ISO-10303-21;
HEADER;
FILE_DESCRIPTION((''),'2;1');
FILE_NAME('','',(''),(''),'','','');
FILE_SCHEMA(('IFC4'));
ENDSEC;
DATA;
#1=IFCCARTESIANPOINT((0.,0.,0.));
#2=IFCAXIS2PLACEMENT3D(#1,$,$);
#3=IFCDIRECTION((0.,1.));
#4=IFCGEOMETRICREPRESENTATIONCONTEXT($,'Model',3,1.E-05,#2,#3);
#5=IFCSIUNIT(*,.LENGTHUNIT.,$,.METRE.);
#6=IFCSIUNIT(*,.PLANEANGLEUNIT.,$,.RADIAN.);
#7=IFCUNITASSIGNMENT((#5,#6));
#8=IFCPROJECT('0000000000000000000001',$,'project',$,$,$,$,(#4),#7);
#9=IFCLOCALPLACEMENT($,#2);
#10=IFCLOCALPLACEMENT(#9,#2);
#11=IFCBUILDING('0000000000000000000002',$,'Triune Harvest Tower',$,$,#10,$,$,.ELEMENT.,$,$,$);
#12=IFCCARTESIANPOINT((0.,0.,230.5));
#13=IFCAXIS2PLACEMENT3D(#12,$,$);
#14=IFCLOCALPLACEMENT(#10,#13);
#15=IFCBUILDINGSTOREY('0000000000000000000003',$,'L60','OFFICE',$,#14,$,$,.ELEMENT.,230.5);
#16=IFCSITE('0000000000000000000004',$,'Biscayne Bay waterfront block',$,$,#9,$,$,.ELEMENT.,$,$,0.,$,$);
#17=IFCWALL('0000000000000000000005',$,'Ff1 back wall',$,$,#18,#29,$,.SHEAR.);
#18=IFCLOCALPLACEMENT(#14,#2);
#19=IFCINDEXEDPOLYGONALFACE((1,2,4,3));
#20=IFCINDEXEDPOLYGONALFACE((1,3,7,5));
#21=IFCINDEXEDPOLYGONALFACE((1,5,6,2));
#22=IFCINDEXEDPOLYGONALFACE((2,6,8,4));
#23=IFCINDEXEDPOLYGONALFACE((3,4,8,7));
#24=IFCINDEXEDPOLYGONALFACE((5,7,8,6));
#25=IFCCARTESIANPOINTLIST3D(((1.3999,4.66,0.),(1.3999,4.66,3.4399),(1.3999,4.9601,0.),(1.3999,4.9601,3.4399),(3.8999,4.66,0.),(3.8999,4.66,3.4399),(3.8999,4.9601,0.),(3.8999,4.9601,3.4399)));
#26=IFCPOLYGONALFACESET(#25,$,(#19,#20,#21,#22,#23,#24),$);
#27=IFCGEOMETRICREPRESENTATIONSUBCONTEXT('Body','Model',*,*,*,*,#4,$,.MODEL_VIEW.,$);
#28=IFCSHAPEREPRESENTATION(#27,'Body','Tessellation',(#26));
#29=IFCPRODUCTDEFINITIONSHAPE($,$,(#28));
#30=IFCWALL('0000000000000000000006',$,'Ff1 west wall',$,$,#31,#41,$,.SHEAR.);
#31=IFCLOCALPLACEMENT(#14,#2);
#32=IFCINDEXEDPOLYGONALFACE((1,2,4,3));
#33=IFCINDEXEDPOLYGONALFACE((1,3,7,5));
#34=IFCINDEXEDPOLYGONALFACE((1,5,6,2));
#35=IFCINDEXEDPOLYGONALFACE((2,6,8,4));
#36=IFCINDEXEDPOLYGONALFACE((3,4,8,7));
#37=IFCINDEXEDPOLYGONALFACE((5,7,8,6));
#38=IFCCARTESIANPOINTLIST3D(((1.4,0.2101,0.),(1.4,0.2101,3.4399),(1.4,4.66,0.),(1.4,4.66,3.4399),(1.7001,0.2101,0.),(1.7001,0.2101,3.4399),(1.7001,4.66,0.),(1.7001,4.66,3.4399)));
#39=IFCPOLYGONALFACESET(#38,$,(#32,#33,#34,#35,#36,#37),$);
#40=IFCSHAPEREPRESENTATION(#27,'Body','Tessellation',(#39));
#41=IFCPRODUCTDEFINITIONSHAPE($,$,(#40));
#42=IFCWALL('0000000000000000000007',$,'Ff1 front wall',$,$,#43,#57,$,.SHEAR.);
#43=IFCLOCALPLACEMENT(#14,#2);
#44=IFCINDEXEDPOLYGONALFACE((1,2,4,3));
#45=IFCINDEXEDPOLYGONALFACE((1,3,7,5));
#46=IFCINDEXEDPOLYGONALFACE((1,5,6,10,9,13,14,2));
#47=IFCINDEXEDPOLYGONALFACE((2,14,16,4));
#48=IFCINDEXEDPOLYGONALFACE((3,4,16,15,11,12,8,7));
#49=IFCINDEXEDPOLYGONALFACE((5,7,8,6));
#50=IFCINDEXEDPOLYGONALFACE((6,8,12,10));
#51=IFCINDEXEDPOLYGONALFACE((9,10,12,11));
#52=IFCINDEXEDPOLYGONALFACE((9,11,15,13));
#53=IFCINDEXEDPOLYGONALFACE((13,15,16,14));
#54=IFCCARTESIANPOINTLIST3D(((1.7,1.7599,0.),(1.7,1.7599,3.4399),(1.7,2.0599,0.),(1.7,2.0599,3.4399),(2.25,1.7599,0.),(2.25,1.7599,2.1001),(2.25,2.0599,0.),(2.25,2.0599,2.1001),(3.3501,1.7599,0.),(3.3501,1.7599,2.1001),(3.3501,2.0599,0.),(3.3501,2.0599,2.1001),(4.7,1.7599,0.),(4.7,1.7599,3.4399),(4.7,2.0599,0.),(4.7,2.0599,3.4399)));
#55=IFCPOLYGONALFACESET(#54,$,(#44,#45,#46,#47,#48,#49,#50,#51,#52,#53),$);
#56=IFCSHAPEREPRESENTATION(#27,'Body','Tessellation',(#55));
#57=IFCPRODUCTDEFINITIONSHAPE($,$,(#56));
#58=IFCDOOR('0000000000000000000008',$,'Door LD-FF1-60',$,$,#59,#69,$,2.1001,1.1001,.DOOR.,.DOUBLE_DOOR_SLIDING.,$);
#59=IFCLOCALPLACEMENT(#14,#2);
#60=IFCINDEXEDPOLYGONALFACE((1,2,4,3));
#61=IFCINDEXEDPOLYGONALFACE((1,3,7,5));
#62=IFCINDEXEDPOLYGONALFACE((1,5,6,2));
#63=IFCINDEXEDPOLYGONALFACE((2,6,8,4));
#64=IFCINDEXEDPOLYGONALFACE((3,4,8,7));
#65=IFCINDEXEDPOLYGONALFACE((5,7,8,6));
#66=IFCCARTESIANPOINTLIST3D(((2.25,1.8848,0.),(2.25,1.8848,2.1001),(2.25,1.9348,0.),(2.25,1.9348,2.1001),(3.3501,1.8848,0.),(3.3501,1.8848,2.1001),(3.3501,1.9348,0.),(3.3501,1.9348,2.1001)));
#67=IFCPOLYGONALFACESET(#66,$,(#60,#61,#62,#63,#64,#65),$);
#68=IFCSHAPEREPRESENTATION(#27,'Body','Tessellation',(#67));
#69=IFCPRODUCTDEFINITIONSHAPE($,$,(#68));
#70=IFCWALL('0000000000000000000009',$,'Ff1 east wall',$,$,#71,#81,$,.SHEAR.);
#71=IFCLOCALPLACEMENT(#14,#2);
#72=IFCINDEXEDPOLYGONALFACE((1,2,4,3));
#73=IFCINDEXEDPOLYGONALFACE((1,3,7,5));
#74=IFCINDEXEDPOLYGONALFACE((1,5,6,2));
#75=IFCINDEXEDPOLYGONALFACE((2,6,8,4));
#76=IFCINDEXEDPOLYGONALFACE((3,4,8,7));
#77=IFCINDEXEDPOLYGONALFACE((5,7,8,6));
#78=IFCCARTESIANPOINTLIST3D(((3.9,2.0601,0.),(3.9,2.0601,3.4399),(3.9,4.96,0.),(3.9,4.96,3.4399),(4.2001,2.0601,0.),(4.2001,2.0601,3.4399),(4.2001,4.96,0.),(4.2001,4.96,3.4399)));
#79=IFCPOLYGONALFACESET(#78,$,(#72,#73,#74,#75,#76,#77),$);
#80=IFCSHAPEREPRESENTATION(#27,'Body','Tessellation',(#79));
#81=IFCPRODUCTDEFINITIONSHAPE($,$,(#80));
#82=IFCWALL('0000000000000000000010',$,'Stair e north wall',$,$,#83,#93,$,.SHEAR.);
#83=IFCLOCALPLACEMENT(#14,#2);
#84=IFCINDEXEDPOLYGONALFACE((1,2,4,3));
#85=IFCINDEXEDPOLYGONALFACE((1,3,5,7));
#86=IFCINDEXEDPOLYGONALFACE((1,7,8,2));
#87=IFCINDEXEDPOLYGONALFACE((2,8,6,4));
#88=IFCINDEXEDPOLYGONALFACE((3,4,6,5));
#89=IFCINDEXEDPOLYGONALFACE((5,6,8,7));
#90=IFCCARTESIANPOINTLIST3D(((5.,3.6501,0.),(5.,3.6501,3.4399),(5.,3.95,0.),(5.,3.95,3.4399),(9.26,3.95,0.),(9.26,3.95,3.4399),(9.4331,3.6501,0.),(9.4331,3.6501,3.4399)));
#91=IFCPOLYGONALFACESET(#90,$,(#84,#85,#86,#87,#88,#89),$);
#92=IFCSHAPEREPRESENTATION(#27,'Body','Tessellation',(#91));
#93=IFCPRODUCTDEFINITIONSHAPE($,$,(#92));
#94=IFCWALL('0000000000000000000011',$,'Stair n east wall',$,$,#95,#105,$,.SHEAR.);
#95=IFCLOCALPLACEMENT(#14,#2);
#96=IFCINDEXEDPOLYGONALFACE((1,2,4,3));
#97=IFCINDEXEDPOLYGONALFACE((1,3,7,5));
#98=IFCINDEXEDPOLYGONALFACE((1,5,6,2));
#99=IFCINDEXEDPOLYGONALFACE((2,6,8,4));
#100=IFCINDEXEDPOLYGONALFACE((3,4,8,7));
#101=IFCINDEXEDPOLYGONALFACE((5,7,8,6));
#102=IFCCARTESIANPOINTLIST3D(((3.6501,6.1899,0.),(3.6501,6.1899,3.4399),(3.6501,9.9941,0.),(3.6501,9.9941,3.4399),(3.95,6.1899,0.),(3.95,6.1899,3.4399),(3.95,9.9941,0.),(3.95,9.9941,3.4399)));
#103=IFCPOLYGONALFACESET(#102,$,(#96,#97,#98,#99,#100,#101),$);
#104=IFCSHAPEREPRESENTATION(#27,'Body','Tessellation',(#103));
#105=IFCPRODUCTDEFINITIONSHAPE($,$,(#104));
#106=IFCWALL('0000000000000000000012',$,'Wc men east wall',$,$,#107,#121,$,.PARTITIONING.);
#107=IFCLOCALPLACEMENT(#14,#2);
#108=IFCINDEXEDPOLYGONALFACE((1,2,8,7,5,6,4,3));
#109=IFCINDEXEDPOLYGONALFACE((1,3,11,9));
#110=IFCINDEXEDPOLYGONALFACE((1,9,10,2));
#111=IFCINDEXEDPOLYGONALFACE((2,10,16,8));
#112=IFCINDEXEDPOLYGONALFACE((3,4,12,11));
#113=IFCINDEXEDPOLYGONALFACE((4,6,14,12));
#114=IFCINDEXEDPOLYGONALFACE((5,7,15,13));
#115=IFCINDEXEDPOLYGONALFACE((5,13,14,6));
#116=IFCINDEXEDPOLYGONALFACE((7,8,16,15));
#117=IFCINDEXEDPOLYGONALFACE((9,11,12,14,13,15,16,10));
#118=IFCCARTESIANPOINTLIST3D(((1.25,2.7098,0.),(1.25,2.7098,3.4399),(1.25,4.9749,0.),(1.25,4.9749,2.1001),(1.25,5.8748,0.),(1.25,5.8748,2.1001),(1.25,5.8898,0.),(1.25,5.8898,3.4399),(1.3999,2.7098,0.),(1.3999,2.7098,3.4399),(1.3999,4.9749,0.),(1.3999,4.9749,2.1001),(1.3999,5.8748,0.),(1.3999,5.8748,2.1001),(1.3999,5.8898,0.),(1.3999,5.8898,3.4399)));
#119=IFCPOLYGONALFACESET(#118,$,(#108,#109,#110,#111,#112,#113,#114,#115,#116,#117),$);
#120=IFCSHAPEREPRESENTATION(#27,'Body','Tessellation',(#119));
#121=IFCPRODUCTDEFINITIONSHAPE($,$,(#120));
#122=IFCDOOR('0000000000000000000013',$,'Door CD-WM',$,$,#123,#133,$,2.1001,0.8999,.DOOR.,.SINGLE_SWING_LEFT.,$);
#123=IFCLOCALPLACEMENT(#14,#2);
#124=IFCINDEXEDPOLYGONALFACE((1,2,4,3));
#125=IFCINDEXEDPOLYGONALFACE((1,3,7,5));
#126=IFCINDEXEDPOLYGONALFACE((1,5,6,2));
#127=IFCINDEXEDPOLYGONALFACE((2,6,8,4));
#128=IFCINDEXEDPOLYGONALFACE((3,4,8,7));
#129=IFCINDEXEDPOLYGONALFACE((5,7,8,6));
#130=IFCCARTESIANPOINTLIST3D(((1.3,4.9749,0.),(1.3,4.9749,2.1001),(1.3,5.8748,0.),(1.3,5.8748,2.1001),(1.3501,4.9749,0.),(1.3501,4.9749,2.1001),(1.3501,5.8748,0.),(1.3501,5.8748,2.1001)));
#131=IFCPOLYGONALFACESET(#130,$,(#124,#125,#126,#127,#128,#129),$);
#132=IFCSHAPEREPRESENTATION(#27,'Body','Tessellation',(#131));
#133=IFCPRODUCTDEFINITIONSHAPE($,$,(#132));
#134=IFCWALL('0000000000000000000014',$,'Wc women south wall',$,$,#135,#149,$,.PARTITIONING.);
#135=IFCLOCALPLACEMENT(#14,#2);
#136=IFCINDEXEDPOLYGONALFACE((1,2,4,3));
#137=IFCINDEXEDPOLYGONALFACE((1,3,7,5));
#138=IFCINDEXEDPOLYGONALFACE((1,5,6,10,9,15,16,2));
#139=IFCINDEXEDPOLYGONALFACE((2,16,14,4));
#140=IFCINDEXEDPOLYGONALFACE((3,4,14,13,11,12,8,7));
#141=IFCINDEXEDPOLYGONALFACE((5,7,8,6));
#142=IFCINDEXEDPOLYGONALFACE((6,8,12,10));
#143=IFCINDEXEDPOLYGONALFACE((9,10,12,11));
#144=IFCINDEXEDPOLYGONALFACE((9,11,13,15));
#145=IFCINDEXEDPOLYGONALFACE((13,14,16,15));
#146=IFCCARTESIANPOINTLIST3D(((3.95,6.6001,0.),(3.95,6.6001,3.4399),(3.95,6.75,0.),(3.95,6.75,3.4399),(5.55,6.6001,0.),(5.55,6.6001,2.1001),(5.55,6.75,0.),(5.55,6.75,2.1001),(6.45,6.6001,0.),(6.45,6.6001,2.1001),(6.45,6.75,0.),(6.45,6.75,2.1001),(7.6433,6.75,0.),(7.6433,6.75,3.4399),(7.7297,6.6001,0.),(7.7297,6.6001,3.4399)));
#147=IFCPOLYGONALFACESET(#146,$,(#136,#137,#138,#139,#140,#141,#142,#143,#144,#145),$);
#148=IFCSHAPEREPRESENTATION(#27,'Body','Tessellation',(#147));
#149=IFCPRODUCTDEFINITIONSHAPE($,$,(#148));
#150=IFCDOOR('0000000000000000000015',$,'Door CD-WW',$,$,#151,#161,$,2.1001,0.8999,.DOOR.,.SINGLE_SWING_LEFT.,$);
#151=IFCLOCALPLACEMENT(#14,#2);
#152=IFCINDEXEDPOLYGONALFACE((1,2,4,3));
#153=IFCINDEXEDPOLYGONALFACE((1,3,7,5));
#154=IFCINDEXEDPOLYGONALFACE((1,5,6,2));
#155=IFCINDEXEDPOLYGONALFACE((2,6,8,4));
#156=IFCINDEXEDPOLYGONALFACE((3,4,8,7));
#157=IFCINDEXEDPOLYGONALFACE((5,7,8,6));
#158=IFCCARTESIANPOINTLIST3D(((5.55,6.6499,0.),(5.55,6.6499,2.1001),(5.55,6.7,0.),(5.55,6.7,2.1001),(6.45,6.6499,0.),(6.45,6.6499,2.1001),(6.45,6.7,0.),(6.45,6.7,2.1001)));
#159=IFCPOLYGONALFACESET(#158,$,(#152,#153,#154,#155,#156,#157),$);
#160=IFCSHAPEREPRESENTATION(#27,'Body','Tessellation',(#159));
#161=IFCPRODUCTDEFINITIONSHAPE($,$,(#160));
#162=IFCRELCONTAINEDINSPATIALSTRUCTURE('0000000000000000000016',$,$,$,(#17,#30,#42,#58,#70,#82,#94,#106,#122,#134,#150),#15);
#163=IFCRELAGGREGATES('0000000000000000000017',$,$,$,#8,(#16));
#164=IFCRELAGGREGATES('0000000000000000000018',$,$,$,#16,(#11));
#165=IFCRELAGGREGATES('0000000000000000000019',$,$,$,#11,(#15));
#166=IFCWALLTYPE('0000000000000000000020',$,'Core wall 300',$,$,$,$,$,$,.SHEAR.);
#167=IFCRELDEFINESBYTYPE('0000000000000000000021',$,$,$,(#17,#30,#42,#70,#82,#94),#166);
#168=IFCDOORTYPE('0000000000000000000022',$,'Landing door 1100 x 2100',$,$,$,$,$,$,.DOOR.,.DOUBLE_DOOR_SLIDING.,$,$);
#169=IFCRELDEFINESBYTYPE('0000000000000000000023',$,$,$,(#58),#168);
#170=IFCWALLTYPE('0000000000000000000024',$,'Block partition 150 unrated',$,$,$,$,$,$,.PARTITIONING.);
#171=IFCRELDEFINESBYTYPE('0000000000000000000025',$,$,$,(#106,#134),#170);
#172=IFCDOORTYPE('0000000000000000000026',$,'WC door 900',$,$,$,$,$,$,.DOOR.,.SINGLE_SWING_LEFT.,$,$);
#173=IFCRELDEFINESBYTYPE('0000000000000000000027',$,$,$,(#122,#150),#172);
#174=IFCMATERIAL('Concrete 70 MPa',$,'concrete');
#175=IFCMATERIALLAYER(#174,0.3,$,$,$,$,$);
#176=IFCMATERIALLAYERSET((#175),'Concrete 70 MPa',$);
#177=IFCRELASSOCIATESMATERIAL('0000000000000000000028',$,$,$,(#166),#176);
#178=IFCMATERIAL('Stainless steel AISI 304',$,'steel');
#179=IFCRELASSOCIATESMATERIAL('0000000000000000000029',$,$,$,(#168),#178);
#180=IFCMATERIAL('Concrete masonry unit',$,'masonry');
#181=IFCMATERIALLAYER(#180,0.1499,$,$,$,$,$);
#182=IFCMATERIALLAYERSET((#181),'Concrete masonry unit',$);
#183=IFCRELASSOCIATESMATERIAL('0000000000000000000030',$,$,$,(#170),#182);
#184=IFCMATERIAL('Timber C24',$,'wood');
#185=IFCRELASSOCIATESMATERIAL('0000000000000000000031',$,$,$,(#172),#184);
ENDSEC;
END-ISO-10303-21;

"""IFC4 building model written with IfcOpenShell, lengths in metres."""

from ifc_helpers import new_model, si_unit, direction, frame, frame_2d, origin, place, context, subcontext, project, spatial, polyline, rectangle, outline, extrude, source, transform, mapped, material, layer, layer_set, type_object, element, fill, save


model = new_model("IFC4")

# Units and contexts
model_context = context("Model", 3, precision=1e-05, world=origin(), true_north=direction((0.0, 1.0)))
body_context = subcontext(model_context, "Body", "Model", "MODEL_VIEW")
ifc_project = project(units=[si_unit("LENGTHUNIT", "METRE"), si_unit("PLANEANGLEUNIT", "RADIAN")], contexts=[model_context])

# Site, building, storey
site_placement = place(None, origin())
site = spatial("IfcSite", under=ifc_project, at=site_placement, Name="Biscayne Bay waterfront block", CompositionType="ELEMENT", RefElevation=0.0)
building_placement = place(site_placement, origin())
building = spatial("IfcBuilding", under=site, at=building_placement, Name="Triune Harvest Tower", CompositionType="ELEMENT")
storey_placement = place(building_placement, frame((0.0, 0.0, 230.5)))
storey = spatial("IfcBuildingStorey", under=building, at=storey_placement, Name="L60", Description="OFFICE", CompositionType="ELEMENT", Elevation=230.5)

# Walls
ifc_material_1 = material(Name="Concrete 70 MPa", Category="concrete")
ifc_layer_1 = layer(ifc_material_1, 0.3)
ifc_layer_set_1 = layer_set([ifc_layer_1], Name="Concrete 70 MPa")
wall_type_1 = type_object("IfcWallType", Name="Core wall 300", PredefinedType="SHEAR", material=ifc_layer_set_1)
shared_shape_1 = source(origin(), body_context, "Body", "SweptSolid", [
    extrude(rectangle(XDim=2.5, YDim=0.3, at=frame_2d((1.25, 0.0))), origin(), (0.0, 0.0, 1.0), 3.4399),
])
wall_1_placement = place(storey_placement, frame((1.3999, 4.8101, 0.0), z_axis=(0.0, 0.0, 1.0), x_axis=(1.0, 0.0, 0.0)))
element("IfcWall", 1, at=wall_1_placement, inside=storey, type_object=wall_type_1, Name="Ff1 back wall", PredefinedType="SHEAR", context=body_context, shape_type="MappedRepresentation", body=[
    mapped(shared_shape_1, transform((0.0, 0.0, 0.0), scale=1.0)),
])
shared_shape_2 = source(origin(), body_context, "Body", "SweptSolid", [
    extrude(rectangle(XDim=4.45, YDim=0.3, at=frame_2d((2.2251, 0.0))), origin(), (0.0, 0.0, 1.0), 3.4399),
])
wall_2_placement = place(storey_placement, frame((1.55, 0.21, 0.0), z_axis=(0.0, 0.0, 1.0), x_axis=(0.0, 1.0, 0.0)))
element("IfcWall", 2, at=wall_2_placement, inside=storey, type_object=wall_type_1, Name="Ff1 west wall", PredefinedType="SHEAR", context=body_context, shape_type="MappedRepresentation", body=[
    mapped(shared_shape_2, transform((0.0, 0.0, 0.0), scale=1.0)),
])

# Wall, opening, door
shared_shape_3 = source(origin(), body_context, "Body", "SweptSolid", [
    extrude(rectangle(XDim=3.0, YDim=0.3, at=frame_2d((1.5, 0.0))), origin(), (0.0, 0.0, 1.0), 3.4399),
])
wall_3_placement = place(storey_placement, frame((1.7, 1.9099, 0.0), z_axis=(0.0, 0.0, 1.0), x_axis=(1.0, 0.0, 0.0)))
wall_3 = element("IfcWall", 3, at=wall_3_placement, inside=storey, type_object=wall_type_1, Name="Ff1 front wall", PredefinedType="SHEAR", context=body_context, shape_type="MappedRepresentation", body=[
    mapped(shared_shape_3, transform((0.0, 0.0, 0.0), scale=1.0)),
])
opening_1_placement = place(wall_3_placement, frame((0.55, 0.0, 0.0)))
opening_1 = element("IfcOpeningElement", 4, at=opening_1_placement, cuts=wall_3, PredefinedType="OPENING", context=body_context, shape_type="SweptSolid", body=[
    extrude(rectangle(XDim=1.1001, YDim=2.1001, at=frame_2d((0.55, 1.05))), frame((0.0, 0.1602, 0.0), z_axis=(0.0, -1.0, 0.0), x_axis=(1.0, 0.0, 0.0)), (0.0, 0.0, 1.0), 0.3201),
])
ifc_material_2 = material(Name="Stainless steel AISI 304", Category="steel")
door_type_1 = type_object("IfcDoorType", Name="Landing door 1100 x 2100", OperationType="DOUBLE_DOOR_SLIDING", PredefinedType="DOOR", material=ifc_material_2)
door_1_placement = place(opening_1_placement, origin())
door_1 = element("IfcDoor", 5, at=door_1_placement, inside=storey, type_object=door_type_1, Name="Door LD-FF1-60", OperationType="DOUBLE_DOOR_SLIDING", OverallHeight=2.1001, OverallWidth=1.1001, PredefinedType="DOOR", context=body_context, shape_type="SweptSolid", body=[
    extrude(rectangle(XDim=1.1001, YDim=2.1001, at=frame_2d((0.55, 1.05))), frame((0.0, 0.0249, 0.0), z_axis=(0.0, -1.0, 0.0), x_axis=(1.0, 0.0, 0.0)), (0.0, 0.0, 1.0), 0.05),
])
fill(opening_1, door_1)

# Walls
shared_shape_4 = source(origin(), body_context, "Body", "SweptSolid", [
    extrude(rectangle(XDim=2.8999, YDim=0.3, at=frame_2d((1.45, 0.0))), origin(), (0.0, 0.0, 1.0), 3.4399),
])
wall_4_placement = place(storey_placement, frame((4.05, 2.0601, 0.0), z_axis=(0.0, 0.0, 1.0), x_axis=(0.0, 1.0, 0.0)))
element("IfcWall", 6, at=wall_4_placement, inside=storey, type_object=wall_type_1, Name="Ff1 east wall", PredefinedType="SHEAR", context=body_context, shape_type="MappedRepresentation", body=[
    mapped(shared_shape_4, transform((0.0, 0.0, 0.0), scale=1.0)),
])
shared_shape_5 = source(origin(), body_context, "Body", "SweptSolid", [
    extrude(outline(polyline([(0.0, -0.1499), (0.0, 0.1499), (4.26, 0.1499), (4.4331, -0.1499), (0.0, -0.1499)])), origin(), (0.0, 0.0, 1.0), 3.4399),
])
wall_5_placement = place(storey_placement, frame((5.0, 3.8, 0.0), z_axis=(0.0, 0.0, 1.0), x_axis=(1.0, 0.0, 0.0)))
element("IfcWall", 7, at=wall_5_placement, inside=storey, type_object=wall_type_1, Name="Stair e north wall", PredefinedType="SHEAR", context=body_context, shape_type="MappedRepresentation", body=[
    mapped(shared_shape_5, transform((0.0, 0.0, 0.0), scale=1.0)),
])
shared_shape_6 = source(origin(), body_context, "Body", "SweptSolid", [
    extrude(outline(polyline([(0.0, -0.1499), (0.0, 0.1499), (3.8042, 0.1499), (3.8042, -0.1499), (0.0, -0.1499)])), origin(), (0.0, 0.0, 1.0), 3.4399),
])
wall_6_placement = place(storey_placement, frame((3.8, 6.1899, 0.0), z_axis=(0.0, 0.0, 1.0), x_axis=(0.0, 1.0, 0.0)))
element("IfcWall", 8, at=wall_6_placement, inside=storey, type_object=wall_type_1, Name="Stair n east wall", PredefinedType="SHEAR", context=body_context, shape_type="MappedRepresentation", body=[
    mapped(shared_shape_6, transform((0.0, 0.0, 0.0), scale=1.0)),
])

# Walls, openings, doors
ifc_material_3 = material(Name="Concrete masonry unit", Category="masonry")
ifc_layer_2 = layer(ifc_material_3, 0.1499)
ifc_layer_set_2 = layer_set([ifc_layer_2], Name="Concrete masonry unit")
wall_type_2 = type_object("IfcWallType", Name="Block partition 150 unrated", PredefinedType="PARTITIONING", material=ifc_layer_set_2)
shared_shape_7 = source(origin(), body_context, "Body", "SweptSolid", [
    extrude(rectangle(XDim=3.1799, YDim=0.1499, at=frame_2d((1.5898, 0.0))), origin(), (0.0, 0.0, 1.0), 3.4399),
])
wall_7_placement = place(storey_placement, frame((1.325, 2.71, 0.0), z_axis=(0.0, 0.0, 1.0), x_axis=(0.0, 1.0, 0.0)))
wall_7 = element("IfcWall", 9, at=wall_7_placement, inside=storey, type_object=wall_type_2, Name="Wc men east wall", PredefinedType="PARTITIONING", context=body_context, shape_type="MappedRepresentation", body=[
    mapped(shared_shape_7, transform((0.0, 0.0, 0.0), scale=1.0)),
])
opening_2_placement = place(wall_7_placement, frame((2.2649, 0.0, 0.0)))
opening_2 = element("IfcOpeningElement", 10, at=opening_2_placement, cuts=wall_7, PredefinedType="OPENING", context=body_context, shape_type="SweptSolid", body=[
    extrude(rectangle(XDim=0.8999, YDim=2.1001, at=frame_2d((0.45, 1.05))), frame((0.0, 0.085, 0.0), z_axis=(0.0, -1.0, 0.0), x_axis=(1.0, 0.0, 0.0)), (0.0, 0.0, 1.0), 0.1699),
])
ifc_material_4 = material(Name="Timber C24", Category="wood")
door_type_2 = type_object("IfcDoorType", Name="WC door 900", OperationType="SINGLE_SWING_LEFT", PredefinedType="DOOR", material=ifc_material_4)
door_2_placement = place(opening_2_placement, origin())
door_2 = element("IfcDoor", 11, at=door_2_placement, inside=storey, type_object=door_type_2, Name="Door CD-WM", OperationType="SINGLE_SWING_LEFT", OverallHeight=2.1001, OverallWidth=0.8999, PredefinedType="DOOR", context=body_context, shape_type="SweptSolid", body=[
    extrude(rectangle(XDim=0.8999, YDim=2.1001, at=frame_2d((0.45, 1.05))), frame((0.0, 0.0249, 0.0), z_axis=(0.0, -1.0, 0.0), x_axis=(1.0, 0.0, 0.0)), (0.0, 0.0, 1.0), 0.05),
])
fill(opening_2, door_2)
shared_shape_8 = source(origin(), body_context, "Body", "SweptSolid", [
    extrude(outline(polyline([(0.0, -0.075), (0.0, 0.075), (3.6934, 0.075), (3.7798, -0.075), (0.0, -0.075)])), origin(), (0.0, 0.0, 1.0), 3.4399),
])
wall_8_placement = place(storey_placement, frame((3.95, 6.675, 0.0), z_axis=(0.0, 0.0, 1.0), x_axis=(1.0, 0.0, 0.0)))
wall_8 = element("IfcWall", 12, at=wall_8_placement, inside=storey, type_object=wall_type_2, Name="Wc women south wall", PredefinedType="PARTITIONING", context=body_context, shape_type="MappedRepresentation", body=[
    mapped(shared_shape_8, transform((0.0, 0.0, 0.0), scale=1.0)),
])
opening_3_placement = place(wall_8_placement, frame((1.6001, 0.0, 0.0)))
opening_3 = element("IfcOpeningElement", 13, at=opening_3_placement, cuts=wall_8, PredefinedType="OPENING", context=body_context, shape_type="SweptSolid", body=[
    extrude(rectangle(XDim=0.8999, YDim=2.1001, at=frame_2d((0.45, 1.05))), frame((0.0, 0.085, 0.0), z_axis=(0.0, -1.0, 0.0), x_axis=(1.0, 0.0, 0.0)), (0.0, 0.0, 1.0), 0.1699),
])
door_3_placement = place(opening_3_placement, origin())
door_3 = element("IfcDoor", 14, at=door_3_placement, inside=storey, type_object=door_type_2, Name="Door CD-WW", OperationType="SINGLE_SWING_LEFT", OverallHeight=2.1001, OverallWidth=0.8999, PredefinedType="DOOR", context=body_context, shape_type="SweptSolid", body=[
    extrude(rectangle(XDim=0.8999, YDim=2.1001, at=frame_2d((0.45, 1.05))), frame((0.0, 0.0249, 0.0), z_axis=(0.0, -1.0, 0.0), x_axis=(1.0, 0.0, 0.0)), (0.0, 0.0, 1.0), 0.05),
])
fill(opening_3, door_3)

save(model, "model.ifc")
